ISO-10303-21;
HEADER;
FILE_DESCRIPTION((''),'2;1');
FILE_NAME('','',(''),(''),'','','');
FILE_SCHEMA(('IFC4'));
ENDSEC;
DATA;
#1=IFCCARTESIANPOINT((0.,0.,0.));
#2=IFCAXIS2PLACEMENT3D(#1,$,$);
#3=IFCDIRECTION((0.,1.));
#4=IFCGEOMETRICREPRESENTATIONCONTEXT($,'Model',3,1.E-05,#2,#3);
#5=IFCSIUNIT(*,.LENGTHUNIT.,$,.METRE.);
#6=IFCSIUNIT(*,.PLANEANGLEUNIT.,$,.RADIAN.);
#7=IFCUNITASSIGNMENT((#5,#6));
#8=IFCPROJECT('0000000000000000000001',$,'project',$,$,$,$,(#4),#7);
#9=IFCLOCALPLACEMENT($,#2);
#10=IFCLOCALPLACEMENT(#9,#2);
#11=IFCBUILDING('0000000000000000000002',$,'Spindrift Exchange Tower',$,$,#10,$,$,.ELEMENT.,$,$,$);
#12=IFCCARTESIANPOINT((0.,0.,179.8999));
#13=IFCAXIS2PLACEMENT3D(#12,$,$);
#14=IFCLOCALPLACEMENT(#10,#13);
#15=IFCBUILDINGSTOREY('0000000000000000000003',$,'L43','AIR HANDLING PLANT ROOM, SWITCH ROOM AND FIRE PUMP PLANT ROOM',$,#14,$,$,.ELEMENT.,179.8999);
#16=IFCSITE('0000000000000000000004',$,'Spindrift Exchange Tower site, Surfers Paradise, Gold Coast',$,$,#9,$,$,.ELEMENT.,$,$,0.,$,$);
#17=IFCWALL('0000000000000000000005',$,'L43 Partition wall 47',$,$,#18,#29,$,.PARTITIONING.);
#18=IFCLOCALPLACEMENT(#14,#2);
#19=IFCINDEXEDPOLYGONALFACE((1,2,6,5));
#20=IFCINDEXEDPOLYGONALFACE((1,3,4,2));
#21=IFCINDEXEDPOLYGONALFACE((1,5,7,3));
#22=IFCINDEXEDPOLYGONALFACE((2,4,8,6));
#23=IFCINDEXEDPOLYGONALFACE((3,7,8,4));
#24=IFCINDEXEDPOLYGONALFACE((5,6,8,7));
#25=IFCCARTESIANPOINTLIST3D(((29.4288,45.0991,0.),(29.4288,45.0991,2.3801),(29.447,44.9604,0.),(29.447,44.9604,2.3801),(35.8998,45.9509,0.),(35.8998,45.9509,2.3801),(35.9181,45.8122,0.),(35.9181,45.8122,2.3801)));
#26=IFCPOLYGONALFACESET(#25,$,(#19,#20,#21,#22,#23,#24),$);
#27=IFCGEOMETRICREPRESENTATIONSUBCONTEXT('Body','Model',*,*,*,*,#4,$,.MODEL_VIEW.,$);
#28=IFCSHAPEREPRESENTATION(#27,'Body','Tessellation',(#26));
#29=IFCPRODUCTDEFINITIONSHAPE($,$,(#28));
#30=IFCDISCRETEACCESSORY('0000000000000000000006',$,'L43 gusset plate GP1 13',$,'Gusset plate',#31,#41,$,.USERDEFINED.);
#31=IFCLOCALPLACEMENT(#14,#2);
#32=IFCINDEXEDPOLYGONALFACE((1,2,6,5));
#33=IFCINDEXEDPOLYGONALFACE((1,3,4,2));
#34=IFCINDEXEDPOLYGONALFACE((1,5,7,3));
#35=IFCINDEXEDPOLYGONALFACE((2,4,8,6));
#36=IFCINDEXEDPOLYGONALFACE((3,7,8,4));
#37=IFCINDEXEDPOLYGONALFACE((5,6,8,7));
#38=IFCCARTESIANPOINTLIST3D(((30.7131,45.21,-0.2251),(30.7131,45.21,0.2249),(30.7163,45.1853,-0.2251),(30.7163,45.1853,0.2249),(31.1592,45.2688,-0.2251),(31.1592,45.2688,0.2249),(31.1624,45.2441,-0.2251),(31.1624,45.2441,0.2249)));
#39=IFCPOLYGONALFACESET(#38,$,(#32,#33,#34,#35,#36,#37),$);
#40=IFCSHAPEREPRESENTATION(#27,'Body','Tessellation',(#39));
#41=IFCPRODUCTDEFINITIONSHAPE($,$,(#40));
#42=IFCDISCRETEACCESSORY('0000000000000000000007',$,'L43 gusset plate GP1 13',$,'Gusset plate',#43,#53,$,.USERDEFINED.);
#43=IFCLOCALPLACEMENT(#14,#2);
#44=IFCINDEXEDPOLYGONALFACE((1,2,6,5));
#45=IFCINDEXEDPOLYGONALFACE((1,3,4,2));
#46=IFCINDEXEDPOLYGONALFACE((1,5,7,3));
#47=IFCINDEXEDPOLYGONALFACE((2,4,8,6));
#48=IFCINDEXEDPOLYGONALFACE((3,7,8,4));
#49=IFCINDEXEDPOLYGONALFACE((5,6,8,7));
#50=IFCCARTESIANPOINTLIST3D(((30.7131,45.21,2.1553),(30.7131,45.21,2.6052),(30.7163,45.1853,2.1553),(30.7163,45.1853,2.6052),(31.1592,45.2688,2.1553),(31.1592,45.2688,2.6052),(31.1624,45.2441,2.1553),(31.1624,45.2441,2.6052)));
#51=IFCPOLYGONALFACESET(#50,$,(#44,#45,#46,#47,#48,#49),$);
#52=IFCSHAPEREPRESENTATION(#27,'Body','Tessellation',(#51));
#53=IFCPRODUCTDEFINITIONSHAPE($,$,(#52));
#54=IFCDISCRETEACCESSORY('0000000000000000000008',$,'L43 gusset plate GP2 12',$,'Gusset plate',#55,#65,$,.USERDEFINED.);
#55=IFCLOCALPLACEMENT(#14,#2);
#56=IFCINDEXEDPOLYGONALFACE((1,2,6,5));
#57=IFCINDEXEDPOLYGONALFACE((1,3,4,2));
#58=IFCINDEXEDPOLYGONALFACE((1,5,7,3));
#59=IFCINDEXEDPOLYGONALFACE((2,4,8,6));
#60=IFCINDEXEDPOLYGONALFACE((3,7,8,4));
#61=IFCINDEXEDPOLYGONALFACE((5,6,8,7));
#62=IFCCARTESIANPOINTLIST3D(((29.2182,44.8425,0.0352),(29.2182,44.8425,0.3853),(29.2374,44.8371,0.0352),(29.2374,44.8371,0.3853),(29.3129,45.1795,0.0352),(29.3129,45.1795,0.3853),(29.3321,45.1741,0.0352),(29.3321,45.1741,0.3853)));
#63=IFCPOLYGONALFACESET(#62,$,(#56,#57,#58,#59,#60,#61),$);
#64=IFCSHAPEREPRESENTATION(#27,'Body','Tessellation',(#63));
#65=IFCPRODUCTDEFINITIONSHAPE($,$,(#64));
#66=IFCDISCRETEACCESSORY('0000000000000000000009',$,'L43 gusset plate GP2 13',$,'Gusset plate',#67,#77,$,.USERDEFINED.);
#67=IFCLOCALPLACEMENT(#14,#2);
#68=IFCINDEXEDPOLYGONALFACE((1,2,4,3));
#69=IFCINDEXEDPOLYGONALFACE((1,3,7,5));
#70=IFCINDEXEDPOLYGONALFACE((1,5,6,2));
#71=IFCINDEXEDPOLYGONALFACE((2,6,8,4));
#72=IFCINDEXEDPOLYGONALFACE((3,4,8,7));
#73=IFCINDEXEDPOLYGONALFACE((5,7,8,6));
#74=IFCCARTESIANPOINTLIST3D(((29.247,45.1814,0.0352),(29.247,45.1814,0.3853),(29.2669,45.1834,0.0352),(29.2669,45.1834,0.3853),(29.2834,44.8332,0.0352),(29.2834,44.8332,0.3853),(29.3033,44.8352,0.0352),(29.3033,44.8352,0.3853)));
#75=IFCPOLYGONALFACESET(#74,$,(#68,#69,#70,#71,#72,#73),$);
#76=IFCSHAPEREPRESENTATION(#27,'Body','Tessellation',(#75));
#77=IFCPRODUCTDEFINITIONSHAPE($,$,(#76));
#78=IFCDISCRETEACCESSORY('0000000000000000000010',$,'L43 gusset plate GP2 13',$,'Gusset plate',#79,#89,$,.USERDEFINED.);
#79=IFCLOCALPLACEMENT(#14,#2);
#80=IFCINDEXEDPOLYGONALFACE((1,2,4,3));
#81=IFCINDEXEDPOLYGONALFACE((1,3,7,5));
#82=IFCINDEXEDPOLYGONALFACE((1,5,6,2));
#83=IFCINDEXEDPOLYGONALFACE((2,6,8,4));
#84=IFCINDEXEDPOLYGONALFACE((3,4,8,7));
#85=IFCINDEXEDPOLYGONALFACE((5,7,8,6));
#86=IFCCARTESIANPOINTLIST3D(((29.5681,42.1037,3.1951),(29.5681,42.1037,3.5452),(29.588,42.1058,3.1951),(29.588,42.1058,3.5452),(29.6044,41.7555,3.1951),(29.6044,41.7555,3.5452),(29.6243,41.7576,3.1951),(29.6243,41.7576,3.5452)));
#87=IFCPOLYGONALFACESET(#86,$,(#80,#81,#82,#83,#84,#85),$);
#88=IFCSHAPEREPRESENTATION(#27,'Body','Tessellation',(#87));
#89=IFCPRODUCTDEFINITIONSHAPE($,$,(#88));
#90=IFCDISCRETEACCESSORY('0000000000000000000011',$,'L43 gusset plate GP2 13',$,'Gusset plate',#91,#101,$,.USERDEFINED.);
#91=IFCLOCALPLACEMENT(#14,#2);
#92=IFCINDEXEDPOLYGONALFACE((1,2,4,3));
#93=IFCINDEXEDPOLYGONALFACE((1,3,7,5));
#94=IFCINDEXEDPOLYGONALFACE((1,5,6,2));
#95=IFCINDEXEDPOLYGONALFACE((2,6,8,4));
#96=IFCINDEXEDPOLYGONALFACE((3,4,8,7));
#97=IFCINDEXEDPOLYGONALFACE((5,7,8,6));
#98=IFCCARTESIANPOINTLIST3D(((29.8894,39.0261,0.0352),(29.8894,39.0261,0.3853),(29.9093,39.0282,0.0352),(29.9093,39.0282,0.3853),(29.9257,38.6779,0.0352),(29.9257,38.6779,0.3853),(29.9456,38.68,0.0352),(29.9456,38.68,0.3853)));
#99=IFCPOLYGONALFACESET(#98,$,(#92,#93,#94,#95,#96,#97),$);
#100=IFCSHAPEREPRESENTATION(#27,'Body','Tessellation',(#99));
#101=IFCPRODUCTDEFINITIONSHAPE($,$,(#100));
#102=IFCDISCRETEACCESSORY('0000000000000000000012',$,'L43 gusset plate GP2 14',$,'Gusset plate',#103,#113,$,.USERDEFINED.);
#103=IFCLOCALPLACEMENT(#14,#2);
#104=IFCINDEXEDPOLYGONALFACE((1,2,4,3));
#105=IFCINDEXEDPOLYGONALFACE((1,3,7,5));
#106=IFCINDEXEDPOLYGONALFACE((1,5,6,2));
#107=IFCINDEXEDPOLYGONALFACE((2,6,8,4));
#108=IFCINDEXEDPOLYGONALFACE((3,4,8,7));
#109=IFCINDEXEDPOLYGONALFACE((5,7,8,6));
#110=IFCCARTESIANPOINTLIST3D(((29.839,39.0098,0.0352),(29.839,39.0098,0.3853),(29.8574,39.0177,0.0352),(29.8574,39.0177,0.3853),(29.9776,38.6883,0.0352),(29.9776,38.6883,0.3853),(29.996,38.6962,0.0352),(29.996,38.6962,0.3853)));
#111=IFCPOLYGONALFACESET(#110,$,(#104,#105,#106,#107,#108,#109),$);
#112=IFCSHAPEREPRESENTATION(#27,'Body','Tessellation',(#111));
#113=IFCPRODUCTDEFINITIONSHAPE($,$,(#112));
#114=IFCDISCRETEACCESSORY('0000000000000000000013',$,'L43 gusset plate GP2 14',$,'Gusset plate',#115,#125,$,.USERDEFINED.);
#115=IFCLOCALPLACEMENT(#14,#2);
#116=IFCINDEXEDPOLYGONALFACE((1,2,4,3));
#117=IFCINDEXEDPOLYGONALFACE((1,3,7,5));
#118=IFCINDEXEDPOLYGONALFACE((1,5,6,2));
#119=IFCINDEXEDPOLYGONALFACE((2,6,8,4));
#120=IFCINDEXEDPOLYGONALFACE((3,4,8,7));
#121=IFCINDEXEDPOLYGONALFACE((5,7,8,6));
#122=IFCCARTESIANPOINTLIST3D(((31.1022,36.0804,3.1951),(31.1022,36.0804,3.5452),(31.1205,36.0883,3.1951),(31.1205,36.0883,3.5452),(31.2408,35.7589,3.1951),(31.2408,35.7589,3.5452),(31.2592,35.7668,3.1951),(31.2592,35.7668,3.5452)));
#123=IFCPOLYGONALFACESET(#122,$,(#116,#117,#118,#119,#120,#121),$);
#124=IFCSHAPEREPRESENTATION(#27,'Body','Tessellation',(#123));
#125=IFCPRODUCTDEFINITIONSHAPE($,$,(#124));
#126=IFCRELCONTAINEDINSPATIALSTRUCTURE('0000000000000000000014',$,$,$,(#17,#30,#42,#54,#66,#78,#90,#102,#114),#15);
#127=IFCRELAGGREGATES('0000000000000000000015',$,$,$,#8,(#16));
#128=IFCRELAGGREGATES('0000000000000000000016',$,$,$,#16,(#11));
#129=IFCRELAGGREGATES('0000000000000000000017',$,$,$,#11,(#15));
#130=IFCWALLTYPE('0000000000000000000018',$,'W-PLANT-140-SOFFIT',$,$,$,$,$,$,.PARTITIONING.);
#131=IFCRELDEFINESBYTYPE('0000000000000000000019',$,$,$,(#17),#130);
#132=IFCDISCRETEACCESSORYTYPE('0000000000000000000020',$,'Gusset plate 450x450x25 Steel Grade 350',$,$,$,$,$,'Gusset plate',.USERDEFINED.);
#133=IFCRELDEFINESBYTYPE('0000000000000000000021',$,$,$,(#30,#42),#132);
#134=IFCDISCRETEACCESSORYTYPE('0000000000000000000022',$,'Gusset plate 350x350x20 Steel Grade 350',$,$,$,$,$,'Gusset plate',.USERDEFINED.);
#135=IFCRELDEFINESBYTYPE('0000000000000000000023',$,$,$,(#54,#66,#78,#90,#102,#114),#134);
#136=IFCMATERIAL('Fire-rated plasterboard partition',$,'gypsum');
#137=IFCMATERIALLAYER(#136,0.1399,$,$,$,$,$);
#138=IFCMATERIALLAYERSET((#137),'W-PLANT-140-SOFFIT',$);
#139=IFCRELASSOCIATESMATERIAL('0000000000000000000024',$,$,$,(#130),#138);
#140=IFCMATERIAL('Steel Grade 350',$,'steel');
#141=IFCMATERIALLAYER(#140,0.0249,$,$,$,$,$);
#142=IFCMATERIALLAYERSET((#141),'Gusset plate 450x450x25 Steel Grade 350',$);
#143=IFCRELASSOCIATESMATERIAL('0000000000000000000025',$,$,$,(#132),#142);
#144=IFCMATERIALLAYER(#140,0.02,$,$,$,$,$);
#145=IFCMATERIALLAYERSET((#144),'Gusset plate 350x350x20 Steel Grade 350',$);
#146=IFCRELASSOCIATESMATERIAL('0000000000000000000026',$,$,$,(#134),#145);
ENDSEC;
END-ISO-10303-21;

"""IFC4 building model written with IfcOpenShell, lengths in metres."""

from ifc_helpers import new_model, si_unit, direction, frame, frame_2d, origin, origin_2d, place, context, subcontext, project, spatial, rectangle, extrude, source, transform, mapped, material, layer, layer_set, type_object, element, save


model = new_model("IFC4")

# Units and contexts
model_context = context("Model", 3, precision=1e-05, world=origin(), true_north=direction((0.0, 1.0)))
body_context = subcontext(model_context, "Body", "Model", "MODEL_VIEW")
ifc_project = project(units=[si_unit("LENGTHUNIT", "METRE"), si_unit("PLANEANGLEUNIT", "RADIAN")], contexts=[model_context])

# Site, building, storey
site_placement = place(None, origin())
site = spatial("IfcSite", under=ifc_project, at=site_placement, Name="Spindrift Exchange Tower site, Surfers Paradise, Gold Coast", CompositionType="ELEMENT", RefElevation=0.0)
building_placement = place(site_placement, origin())
building = spatial("IfcBuilding", under=site, at=building_placement, Name="Spindrift Exchange Tower", CompositionType="ELEMENT")
storey_placement = place(building_placement, frame((0.0, 0.0, 179.8999)))
storey = spatial("IfcBuildingStorey", under=building, at=storey_placement, Name="L43", Description="AIR HANDLING PLANT ROOM, SWITCH ROOM AND FIRE PUMP PLANT ROOM", CompositionType="ELEMENT", Elevation=179.8999)

# Shared definitions
ifc_material_1 = material(Name="Steel Grade 350", Category="steel")

# Wall
ifc_material_2 = material(Name="Fire-rated plasterboard partition", Category="gypsum")
ifc_layer_1 = layer(ifc_material_2, 0.1399)
ifc_layer_set_1 = layer_set([ifc_layer_1], Name="W-PLANT-140-SOFFIT")
wall_type_1 = type_object("IfcWallType", Name="W-PLANT-140-SOFFIT", PredefinedType="PARTITIONING", material=ifc_layer_set_1)
wall_1_placement = place(storey_placement, frame((35.9089, 45.8816, 0.0), z_axis=(0.0, 0.0, 1.0), x_axis=(-0.991447, -0.13051, 0.0)))
element("IfcWall", 1, at=wall_1_placement, inside=storey, type_object=wall_type_1, Name="L43 Partition wall 47", PredefinedType="PARTITIONING", context=body_context, shape_type="SweptSolid", body=[
    extrude(rectangle(XDim=6.5269, YDim=0.1399, at=frame_2d((3.2634, 0.0))), origin(), (0.0, 0.0, 1.0), 2.3801),
])

# Discrete accessories
ifc_layer_2 = layer(ifc_material_1, 0.0249)
ifc_layer_set_2 = layer_set([ifc_layer_2], Name="Gusset plate 450x450x25 Steel Grade 350")
discrete_accessory_type_1 = type_object("IfcDiscreteAccessoryType", Name="Gusset plate 450x450x25 Steel Grade 350", ElementType="Gusset plate", PredefinedType="USERDEFINED", material=ifc_layer_set_2)
shared_shape_1 = source(origin(), body_context, "Body", "SweptSolid", [
    extrude(rectangle(XDim=0.45, YDim=0.0249, at=origin_2d()), origin(), (0.0, 0.0, 1.0), 0.45),
])
for number, where, z_axis, x_axis, name in (
    (2, (30.9377, 45.2271, -0.2251), (0.0, 0.0, 1.0), (-0.991445, -0.130526, 0.0), "L43 gusset plate GP1 13"),
    (3, (30.9377, 45.2271, 2.1553), (0.0, 0.0, 1.0), (-0.991445, -0.130526, 0.0), "L43 gusset plate GP1 13"),
):
    element("IfcDiscreteAccessory", number, at=place(storey_placement, frame(where, z_axis=z_axis, x_axis=x_axis)), inside=storey, type_object=discrete_accessory_type_1, Name=name, ObjectType="Gusset plate", PredefinedType="USERDEFINED", context=body_context, shape_type="MappedRepresentation", body=[
        mapped(shared_shape_1, transform((0.0, 0.0, 0.0), scale=1.0)),
    ])
ifc_layer_3 = layer(ifc_material_1, 0.02)
ifc_layer_set_3 = layer_set([ifc_layer_3], Name="Gusset plate 350x350x20 Steel Grade 350")
discrete_accessory_type_2 = type_object("IfcDiscreteAccessoryType", Name="Gusset plate 350x350x20 Steel Grade 350", ElementType="Gusset plate", PredefinedType="USERDEFINED", material=ifc_layer_set_3)
shared_shape_2 = source(origin(), body_context, "Body", "SweptSolid", [
    extrude(rectangle(XDim=0.3501, YDim=0.02, at=origin_2d()), origin(), (0.0, 0.0, 1.0), 0.3501),
])
for number, where, z_axis, x_axis, name in (
    (4, (29.2751, 45.0083, 0.0352), (0.0, 0.0, 1.0), (-0.270456, -0.962732, 0.0), "L43 gusset plate GP2 12"),
    (5, (29.2751, 45.0083, 0.0352), (0.0, 0.0, 1.0), (0.103803, -0.994598, 0.0), "L43 gusset plate GP2 13"),
    (6, (29.5962, 41.9307, 3.1951), (0.0, 0.0, 1.0), (0.103803, -0.994598, 0.0), "L43 gusset plate GP2 13"),
    (7, (29.9175, 38.853, 0.0352), (0.0, 0.0, 1.0), (0.103775, -0.994601, 0.0), "L43 gusset plate GP2 13"),
    (8, (29.9175, 38.853, 0.0352), (0.0, 0.0, 1.0), (0.395957, -0.918269, 0.0), "L43 gusset plate GP2 14"),
    (9, (31.1807, 35.9236, 3.1951), (0.0, 0.0, 1.0), (0.395957, -0.918269, 0.0), "L43 gusset plate GP2 14"),
):
    element("IfcDiscreteAccessory", number, at=place(storey_placement, frame(where, z_axis=z_axis, x_axis=x_axis)), inside=storey, type_object=discrete_accessory_type_2, Name=name, ObjectType="Gusset plate", PredefinedType="USERDEFINED", context=body_context, shape_type="MappedRepresentation", body=[
        mapped(shared_shape_2, transform((0.0, 0.0, 0.0), scale=1.0)),
    ])

save(model, "model.ifc")
